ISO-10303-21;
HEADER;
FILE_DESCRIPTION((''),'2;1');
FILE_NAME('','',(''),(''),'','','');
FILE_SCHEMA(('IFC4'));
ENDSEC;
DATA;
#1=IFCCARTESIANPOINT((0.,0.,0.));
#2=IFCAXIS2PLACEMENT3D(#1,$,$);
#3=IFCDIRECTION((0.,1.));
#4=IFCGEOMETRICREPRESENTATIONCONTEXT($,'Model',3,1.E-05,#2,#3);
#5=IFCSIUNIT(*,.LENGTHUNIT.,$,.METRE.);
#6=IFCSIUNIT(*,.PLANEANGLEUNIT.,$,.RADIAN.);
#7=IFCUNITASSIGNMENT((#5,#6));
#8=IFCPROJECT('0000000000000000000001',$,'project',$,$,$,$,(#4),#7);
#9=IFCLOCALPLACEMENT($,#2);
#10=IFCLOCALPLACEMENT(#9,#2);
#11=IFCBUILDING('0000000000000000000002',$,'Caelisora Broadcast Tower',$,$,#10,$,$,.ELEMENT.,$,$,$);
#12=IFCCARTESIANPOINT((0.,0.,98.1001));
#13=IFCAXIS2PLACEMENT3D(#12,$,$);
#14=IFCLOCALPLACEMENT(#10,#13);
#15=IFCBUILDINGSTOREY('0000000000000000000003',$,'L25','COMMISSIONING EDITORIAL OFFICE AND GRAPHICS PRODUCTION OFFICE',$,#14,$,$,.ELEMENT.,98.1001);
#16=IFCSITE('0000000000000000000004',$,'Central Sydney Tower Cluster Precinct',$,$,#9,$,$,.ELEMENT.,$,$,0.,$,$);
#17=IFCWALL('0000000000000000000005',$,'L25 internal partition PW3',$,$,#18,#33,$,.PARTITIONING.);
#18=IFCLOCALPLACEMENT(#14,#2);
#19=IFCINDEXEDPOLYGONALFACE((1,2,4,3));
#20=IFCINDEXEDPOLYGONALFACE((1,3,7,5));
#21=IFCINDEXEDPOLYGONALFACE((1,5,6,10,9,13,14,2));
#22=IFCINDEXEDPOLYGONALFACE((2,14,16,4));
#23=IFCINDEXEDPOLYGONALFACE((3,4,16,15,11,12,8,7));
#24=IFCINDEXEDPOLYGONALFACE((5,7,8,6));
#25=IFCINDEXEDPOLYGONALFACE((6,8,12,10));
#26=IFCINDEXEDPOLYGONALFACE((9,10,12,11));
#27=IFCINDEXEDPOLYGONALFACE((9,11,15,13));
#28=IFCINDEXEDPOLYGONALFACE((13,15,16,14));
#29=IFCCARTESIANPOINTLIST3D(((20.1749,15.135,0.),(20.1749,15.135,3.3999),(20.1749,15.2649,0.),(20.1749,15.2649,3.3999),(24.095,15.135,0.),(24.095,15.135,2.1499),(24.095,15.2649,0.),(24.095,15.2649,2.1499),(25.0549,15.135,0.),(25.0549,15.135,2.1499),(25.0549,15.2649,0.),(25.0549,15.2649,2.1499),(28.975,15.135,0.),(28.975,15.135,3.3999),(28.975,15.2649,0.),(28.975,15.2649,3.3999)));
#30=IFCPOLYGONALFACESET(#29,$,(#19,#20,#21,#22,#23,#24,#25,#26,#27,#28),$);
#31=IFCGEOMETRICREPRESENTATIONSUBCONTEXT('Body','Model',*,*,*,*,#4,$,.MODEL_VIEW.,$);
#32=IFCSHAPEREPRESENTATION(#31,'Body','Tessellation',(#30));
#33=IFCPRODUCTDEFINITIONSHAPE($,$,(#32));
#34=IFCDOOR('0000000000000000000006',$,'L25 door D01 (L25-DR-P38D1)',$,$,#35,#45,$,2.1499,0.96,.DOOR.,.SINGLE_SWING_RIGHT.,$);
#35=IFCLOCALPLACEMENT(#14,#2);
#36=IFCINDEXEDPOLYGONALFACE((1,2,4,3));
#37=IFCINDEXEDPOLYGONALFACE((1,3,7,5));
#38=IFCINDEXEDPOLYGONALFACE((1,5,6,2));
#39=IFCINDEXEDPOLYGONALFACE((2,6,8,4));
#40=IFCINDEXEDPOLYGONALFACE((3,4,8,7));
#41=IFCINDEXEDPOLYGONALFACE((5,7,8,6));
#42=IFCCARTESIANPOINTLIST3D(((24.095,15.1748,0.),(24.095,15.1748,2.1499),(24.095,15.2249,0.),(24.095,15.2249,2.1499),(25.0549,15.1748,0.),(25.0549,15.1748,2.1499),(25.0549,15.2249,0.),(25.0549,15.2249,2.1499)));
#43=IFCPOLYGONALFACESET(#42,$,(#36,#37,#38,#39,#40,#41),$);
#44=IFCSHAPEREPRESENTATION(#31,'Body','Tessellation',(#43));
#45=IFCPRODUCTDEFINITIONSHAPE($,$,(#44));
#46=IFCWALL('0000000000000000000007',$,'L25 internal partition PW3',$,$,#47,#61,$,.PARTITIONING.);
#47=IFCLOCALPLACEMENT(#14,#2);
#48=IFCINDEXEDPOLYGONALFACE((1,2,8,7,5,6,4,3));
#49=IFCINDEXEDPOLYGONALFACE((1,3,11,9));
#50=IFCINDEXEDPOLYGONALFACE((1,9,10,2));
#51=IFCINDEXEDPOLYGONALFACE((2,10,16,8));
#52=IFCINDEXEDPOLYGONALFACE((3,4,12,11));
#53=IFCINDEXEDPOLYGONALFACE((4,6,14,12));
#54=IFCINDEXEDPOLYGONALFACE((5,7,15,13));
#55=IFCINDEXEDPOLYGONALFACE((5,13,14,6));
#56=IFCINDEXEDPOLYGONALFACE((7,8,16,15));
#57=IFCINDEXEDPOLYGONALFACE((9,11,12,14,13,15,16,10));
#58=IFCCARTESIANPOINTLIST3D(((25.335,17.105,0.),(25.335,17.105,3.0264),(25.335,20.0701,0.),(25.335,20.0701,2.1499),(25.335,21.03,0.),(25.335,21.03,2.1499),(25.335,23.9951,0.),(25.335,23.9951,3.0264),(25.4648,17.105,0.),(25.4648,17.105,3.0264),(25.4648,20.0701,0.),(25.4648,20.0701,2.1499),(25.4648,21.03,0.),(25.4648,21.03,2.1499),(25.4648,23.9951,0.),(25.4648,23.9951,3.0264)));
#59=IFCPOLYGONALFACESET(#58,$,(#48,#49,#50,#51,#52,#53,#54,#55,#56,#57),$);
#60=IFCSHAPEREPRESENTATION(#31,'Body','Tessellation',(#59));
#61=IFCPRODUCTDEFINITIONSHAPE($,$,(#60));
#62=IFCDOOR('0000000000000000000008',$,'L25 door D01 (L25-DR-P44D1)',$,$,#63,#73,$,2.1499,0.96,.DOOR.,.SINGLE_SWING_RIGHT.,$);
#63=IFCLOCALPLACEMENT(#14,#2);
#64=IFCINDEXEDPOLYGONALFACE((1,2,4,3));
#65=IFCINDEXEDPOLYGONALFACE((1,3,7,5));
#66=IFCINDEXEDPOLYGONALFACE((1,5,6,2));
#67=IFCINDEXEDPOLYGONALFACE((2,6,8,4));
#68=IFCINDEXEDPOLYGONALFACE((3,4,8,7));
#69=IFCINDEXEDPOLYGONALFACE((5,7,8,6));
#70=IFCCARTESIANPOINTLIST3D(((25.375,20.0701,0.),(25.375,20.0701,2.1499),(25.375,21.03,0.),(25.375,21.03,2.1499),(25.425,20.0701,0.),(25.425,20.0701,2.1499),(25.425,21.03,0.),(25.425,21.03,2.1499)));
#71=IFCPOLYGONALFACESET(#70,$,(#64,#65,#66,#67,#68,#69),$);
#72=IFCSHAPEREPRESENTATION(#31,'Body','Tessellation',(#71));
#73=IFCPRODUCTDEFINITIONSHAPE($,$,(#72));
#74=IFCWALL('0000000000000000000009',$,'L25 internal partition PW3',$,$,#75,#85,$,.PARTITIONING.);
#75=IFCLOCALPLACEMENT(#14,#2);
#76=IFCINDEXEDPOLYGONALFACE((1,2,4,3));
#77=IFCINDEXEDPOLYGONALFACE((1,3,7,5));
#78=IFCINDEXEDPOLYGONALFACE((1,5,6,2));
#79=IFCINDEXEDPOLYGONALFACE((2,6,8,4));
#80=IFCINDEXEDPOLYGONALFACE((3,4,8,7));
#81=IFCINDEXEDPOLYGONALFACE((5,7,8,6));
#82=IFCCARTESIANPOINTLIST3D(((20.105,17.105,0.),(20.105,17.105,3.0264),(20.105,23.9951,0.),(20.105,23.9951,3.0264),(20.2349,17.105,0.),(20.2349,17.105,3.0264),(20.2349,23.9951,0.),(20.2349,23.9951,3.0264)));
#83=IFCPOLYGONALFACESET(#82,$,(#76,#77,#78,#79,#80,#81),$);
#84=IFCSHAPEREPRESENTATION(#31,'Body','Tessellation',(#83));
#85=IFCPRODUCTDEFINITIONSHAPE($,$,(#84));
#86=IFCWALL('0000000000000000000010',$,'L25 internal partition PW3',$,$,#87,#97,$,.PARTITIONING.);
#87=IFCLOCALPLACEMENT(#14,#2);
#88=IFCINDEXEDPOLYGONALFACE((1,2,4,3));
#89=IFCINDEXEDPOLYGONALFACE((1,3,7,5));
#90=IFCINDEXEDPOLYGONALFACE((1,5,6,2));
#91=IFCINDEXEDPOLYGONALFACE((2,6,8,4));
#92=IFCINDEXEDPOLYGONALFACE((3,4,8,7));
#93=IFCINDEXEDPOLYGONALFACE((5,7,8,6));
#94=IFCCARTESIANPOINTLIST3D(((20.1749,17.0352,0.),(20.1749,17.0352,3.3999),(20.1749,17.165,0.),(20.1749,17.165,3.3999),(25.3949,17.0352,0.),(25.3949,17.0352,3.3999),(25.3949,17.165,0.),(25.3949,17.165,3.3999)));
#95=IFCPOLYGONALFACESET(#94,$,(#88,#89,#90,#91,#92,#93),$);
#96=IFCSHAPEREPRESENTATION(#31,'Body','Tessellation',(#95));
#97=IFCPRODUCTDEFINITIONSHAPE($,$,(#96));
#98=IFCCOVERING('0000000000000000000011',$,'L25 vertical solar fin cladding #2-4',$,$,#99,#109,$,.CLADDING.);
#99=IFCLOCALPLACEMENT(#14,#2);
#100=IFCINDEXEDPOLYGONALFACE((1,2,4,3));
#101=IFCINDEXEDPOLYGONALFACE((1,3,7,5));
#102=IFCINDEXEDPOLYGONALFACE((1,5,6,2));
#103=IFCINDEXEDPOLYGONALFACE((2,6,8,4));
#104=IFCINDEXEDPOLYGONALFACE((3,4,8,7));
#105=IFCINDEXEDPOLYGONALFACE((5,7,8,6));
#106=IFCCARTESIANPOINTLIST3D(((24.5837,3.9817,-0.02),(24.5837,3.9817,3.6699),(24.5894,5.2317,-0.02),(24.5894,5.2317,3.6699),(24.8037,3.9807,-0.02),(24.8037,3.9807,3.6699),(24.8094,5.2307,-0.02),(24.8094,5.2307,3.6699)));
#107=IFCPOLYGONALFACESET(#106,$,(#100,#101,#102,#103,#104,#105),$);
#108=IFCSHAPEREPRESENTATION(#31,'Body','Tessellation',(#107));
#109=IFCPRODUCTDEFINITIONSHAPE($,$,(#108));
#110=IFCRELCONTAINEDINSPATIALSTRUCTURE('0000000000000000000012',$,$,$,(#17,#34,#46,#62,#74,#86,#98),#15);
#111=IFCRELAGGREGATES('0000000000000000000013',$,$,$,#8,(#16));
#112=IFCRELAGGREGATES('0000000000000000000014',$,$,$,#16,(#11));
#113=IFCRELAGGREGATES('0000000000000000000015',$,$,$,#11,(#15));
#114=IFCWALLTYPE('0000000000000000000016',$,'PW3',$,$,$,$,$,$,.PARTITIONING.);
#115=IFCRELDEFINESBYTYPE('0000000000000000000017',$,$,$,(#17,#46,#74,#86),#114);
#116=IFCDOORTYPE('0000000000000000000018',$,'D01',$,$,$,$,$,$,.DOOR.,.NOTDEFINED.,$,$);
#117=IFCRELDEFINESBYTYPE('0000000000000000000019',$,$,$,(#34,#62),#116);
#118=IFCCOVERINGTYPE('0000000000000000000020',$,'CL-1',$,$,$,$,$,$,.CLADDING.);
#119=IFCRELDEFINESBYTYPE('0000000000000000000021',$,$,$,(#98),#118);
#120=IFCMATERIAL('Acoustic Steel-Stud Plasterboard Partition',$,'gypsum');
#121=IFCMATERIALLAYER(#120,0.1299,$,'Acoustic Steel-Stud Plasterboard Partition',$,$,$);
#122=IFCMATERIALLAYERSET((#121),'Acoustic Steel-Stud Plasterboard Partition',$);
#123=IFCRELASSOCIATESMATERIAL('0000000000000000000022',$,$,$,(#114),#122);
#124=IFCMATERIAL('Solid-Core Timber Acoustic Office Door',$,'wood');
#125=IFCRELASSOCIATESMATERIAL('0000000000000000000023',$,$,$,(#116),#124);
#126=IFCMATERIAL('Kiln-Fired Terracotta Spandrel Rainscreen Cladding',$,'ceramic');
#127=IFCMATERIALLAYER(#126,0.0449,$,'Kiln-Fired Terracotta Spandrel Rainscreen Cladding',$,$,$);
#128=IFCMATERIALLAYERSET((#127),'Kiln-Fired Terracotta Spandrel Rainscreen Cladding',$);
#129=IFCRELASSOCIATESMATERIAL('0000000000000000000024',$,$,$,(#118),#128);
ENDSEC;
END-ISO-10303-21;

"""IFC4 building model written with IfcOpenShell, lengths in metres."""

from ifc_helpers import new_model, si_unit, direction, frame, frame_2d, origin, origin_2d, place, context, subcontext, project, spatial, rectangle, extrude, source, transform, mapped, material, layer, layer_set, type_object, type_shapes, element, fill, save


model = new_model("IFC4")

# Units and contexts
model_context = context("Model", 3, precision=1e-05, world=origin(), true_north=direction((0.0, 1.0)))
body_context = subcontext(model_context, "Body", "Model", "MODEL_VIEW")
ifc_project = project(units=[si_unit("LENGTHUNIT", "METRE"), si_unit("PLANEANGLEUNIT", "RADIAN")], contexts=[model_context])

# Site, building, storey
site_placement = place(None, origin())
site = spatial("IfcSite", under=ifc_project, at=site_placement, Name="Central Sydney Tower Cluster Precinct", CompositionType="ELEMENT", RefElevation=0.0)
building_placement = place(site_placement, origin())
building = spatial("IfcBuilding", under=site, at=building_placement, Name="Caelisora Broadcast Tower", CompositionType="ELEMENT")
storey_placement = place(building_placement, frame((0.0, 0.0, 98.1001)))
storey = spatial("IfcBuildingStorey", under=building, at=storey_placement, Name="L25", Description="COMMISSIONING EDITORIAL OFFICE AND GRAPHICS PRODUCTION OFFICE", CompositionType="ELEMENT", Elevation=98.1001)

# Shared definitions
ifc_material_1 = material(Name="Acoustic Steel-Stud Plasterboard Partition", Category="gypsum")
ifc_layer_1 = layer(ifc_material_1, 0.1299, Name="Acoustic Steel-Stud Plasterboard Partition")
ifc_layer_set_1 = layer_set([ifc_layer_1], Name="Acoustic Steel-Stud Plasterboard Partition")
wall_type_1 = type_object("IfcWallType", Name="PW3", PredefinedType="PARTITIONING", material=ifc_layer_set_1)

# Walls, openings, doors
wall_1_placement = place(storey_placement, frame((20.175, 15.2, 0.0), z_axis=(0.0, 0.0, 1.0), x_axis=(1.0, 0.0, 0.0)))
wall_1 = element("IfcWall", 1, at=wall_1_placement, inside=storey, type_object=wall_type_1, Name="L25 internal partition PW3", PredefinedType="PARTITIONING", context=body_context, shape_type="SweptSolid", body=[
    extrude(rectangle(XDim=8.8, YDim=0.1299, at=frame_2d((4.3999, 0.0))), origin(), (0.0, 0.0, 1.0), 3.3999),
])
opening_1_placement = place(wall_1_placement, frame((3.9199, 0.0, 0.0)))
opening_1 = element("IfcOpeningElement", 2, at=opening_1_placement, cuts=wall_1, PredefinedType="OPENING", context=body_context, shape_type="SweptSolid", body=[
    extrude(rectangle(XDim=0.96, YDim=2.1499, at=frame_2d((0.48, 1.075))), frame((0.0, 0.0769, 0.0), z_axis=(0.0, -1.0, 0.0), x_axis=(1.0, 0.0, 0.0)), (0.0, 0.0, 1.0), 0.1538),
])
ifc_material_2 = material(Name="Solid-Core Timber Acoustic Office Door", Category="wood")
door_type_1 = type_object("IfcDoorType", Name="D01", OperationType="NOTDEFINED", PredefinedType="DOOR", material=ifc_material_2)
door_1_placement = place(opening_1_placement, origin())
door_1 = element("IfcDoor", 3, at=door_1_placement, inside=storey, type_object=door_type_1, Name="L25 door D01 (L25-DR-P38D1)", OperationType="SINGLE_SWING_RIGHT", OverallHeight=2.1499, OverallWidth=0.96, PredefinedType="DOOR", context=body_context, shape_type="SweptSolid", body=[
    extrude(rectangle(XDim=0.96, YDim=2.1499, at=frame_2d((0.48, 1.075))), frame((0.0, 0.0249, 0.0), z_axis=(0.0, -1.0, 0.0), x_axis=(1.0, 0.0, 0.0)), (0.0, 0.0, 1.0), 0.05),
])
fill(opening_1, door_1)
wall_2_placement = place(storey_placement, frame((25.3999, 17.105, 0.0), z_axis=(0.0, 0.0, 1.0), x_axis=(0.0, 1.0, 0.0)))
wall_2 = element("IfcWall", 4, at=wall_2_placement, inside=storey, type_object=wall_type_1, Name="L25 internal partition PW3", PredefinedType="PARTITIONING", context=body_context, shape_type="SweptSolid", body=[
    extrude(rectangle(XDim=6.8901, YDim=0.1299, at=frame_2d((3.4451, 0.0))), origin(), (0.0, 0.0, 1.0), 3.0264),
])
opening_2_placement = place(wall_2_placement, frame((2.9651, 0.0, 0.0)))
opening_2 = element("IfcOpeningElement", 5, at=opening_2_placement, cuts=wall_2, PredefinedType="OPENING", context=body_context, shape_type="SweptSolid", body=[
    extrude(rectangle(XDim=0.96, YDim=2.1499, at=frame_2d((0.48, 1.075))), frame((0.0, 0.0769, 0.0), z_axis=(0.0, -1.0, 0.0), x_axis=(1.0, 0.0, 0.0)), (0.0, 0.0, 1.0), 0.1538),
])
door_2_placement = place(opening_2_placement, origin())
door_2 = element("IfcDoor", 6, at=door_2_placement, inside=storey, type_object=door_type_1, Name="L25 door D01 (L25-DR-P44D1)", OperationType="SINGLE_SWING_RIGHT", OverallHeight=2.1499, OverallWidth=0.96, PredefinedType="DOOR", context=body_context, shape_type="SweptSolid", body=[
    extrude(rectangle(XDim=0.96, YDim=2.1499, at=frame_2d((0.48, 1.075))), frame((0.0, 0.0249, 0.0), z_axis=(0.0, -1.0, 0.0), x_axis=(1.0, 0.0, 0.0)), (0.0, 0.0, 1.0), 0.05),
])
fill(opening_2, door_2)

# Walls
wall_3_placement = place(storey_placement, frame((20.1699, 17.105, 0.0), z_axis=(0.0, 0.0, 1.0), x_axis=(0.0, 1.0, 0.0)))
element("IfcWall", 7, at=wall_3_placement, inside=storey, type_object=wall_type_1, Name="L25 internal partition PW3", PredefinedType="PARTITIONING", context=body_context, shape_type="SweptSolid", body=[
    extrude(rectangle(XDim=6.8901, YDim=0.1299, at=frame_2d((3.4451, 0.0))), origin(), (0.0, 0.0, 1.0), 3.0264),
])
wall_4_placement = place(storey_placement, frame((20.175, 17.1001, 0.0), z_axis=(0.0, 0.0, 1.0), x_axis=(1.0, 0.0, 0.0)))
element("IfcWall", 8, at=wall_4_placement, inside=storey, type_object=wall_type_1, Name="L25 internal partition PW3", PredefinedType="PARTITIONING", context=body_context, shape_type="SweptSolid", body=[
    extrude(rectangle(XDim=5.22, YDim=0.1299, at=frame_2d((2.6099, 0.0))), origin(), (0.0, 0.0, 1.0), 3.3999),
])

# Covering
ifc_material_3 = material(Name="Kiln-Fired Terracotta Spandrel Rainscreen Cladding", Category="ceramic")
ifc_layer_2 = layer(ifc_material_3, 0.0449, Name="Kiln-Fired Terracotta Spandrel Rainscreen Cladding")
ifc_layer_set_2 = layer_set([ifc_layer_2], Name="Kiln-Fired Terracotta Spandrel Rainscreen Cladding")
covering_type = type_object("IfcCoveringType", Name="CL-1", PredefinedType="CLADDING", material=ifc_layer_set_2)
shared_shape_1 = source(origin(), body_context, "Body", "SweptSolid", [
    extrude(rectangle(XDim=0.22, YDim=1.25, at=origin_2d()), origin(), (0.0, 0.0, 1.0), 3.6899),
])
type_shapes(covering_type, [shared_shape_1])
covering_placement = place(storey_placement, frame((24.6965, 4.6062, -0.02), z_axis=(0.0, 0.0, 1.0), x_axis=(-0.99999, 0.004538, 0.0)))
element("IfcCovering", 9, at=covering_placement, inside=storey, type_object=covering_type, Name="L25 vertical solar fin cladding #2-4", PredefinedType="CLADDING", context=body_context, shape_type="MappedRepresentation", body=[
    mapped(shared_shape_1, transform((0.0, 0.0, 0.0), scale=1.0)),
])

save(model, "model.ifc")
